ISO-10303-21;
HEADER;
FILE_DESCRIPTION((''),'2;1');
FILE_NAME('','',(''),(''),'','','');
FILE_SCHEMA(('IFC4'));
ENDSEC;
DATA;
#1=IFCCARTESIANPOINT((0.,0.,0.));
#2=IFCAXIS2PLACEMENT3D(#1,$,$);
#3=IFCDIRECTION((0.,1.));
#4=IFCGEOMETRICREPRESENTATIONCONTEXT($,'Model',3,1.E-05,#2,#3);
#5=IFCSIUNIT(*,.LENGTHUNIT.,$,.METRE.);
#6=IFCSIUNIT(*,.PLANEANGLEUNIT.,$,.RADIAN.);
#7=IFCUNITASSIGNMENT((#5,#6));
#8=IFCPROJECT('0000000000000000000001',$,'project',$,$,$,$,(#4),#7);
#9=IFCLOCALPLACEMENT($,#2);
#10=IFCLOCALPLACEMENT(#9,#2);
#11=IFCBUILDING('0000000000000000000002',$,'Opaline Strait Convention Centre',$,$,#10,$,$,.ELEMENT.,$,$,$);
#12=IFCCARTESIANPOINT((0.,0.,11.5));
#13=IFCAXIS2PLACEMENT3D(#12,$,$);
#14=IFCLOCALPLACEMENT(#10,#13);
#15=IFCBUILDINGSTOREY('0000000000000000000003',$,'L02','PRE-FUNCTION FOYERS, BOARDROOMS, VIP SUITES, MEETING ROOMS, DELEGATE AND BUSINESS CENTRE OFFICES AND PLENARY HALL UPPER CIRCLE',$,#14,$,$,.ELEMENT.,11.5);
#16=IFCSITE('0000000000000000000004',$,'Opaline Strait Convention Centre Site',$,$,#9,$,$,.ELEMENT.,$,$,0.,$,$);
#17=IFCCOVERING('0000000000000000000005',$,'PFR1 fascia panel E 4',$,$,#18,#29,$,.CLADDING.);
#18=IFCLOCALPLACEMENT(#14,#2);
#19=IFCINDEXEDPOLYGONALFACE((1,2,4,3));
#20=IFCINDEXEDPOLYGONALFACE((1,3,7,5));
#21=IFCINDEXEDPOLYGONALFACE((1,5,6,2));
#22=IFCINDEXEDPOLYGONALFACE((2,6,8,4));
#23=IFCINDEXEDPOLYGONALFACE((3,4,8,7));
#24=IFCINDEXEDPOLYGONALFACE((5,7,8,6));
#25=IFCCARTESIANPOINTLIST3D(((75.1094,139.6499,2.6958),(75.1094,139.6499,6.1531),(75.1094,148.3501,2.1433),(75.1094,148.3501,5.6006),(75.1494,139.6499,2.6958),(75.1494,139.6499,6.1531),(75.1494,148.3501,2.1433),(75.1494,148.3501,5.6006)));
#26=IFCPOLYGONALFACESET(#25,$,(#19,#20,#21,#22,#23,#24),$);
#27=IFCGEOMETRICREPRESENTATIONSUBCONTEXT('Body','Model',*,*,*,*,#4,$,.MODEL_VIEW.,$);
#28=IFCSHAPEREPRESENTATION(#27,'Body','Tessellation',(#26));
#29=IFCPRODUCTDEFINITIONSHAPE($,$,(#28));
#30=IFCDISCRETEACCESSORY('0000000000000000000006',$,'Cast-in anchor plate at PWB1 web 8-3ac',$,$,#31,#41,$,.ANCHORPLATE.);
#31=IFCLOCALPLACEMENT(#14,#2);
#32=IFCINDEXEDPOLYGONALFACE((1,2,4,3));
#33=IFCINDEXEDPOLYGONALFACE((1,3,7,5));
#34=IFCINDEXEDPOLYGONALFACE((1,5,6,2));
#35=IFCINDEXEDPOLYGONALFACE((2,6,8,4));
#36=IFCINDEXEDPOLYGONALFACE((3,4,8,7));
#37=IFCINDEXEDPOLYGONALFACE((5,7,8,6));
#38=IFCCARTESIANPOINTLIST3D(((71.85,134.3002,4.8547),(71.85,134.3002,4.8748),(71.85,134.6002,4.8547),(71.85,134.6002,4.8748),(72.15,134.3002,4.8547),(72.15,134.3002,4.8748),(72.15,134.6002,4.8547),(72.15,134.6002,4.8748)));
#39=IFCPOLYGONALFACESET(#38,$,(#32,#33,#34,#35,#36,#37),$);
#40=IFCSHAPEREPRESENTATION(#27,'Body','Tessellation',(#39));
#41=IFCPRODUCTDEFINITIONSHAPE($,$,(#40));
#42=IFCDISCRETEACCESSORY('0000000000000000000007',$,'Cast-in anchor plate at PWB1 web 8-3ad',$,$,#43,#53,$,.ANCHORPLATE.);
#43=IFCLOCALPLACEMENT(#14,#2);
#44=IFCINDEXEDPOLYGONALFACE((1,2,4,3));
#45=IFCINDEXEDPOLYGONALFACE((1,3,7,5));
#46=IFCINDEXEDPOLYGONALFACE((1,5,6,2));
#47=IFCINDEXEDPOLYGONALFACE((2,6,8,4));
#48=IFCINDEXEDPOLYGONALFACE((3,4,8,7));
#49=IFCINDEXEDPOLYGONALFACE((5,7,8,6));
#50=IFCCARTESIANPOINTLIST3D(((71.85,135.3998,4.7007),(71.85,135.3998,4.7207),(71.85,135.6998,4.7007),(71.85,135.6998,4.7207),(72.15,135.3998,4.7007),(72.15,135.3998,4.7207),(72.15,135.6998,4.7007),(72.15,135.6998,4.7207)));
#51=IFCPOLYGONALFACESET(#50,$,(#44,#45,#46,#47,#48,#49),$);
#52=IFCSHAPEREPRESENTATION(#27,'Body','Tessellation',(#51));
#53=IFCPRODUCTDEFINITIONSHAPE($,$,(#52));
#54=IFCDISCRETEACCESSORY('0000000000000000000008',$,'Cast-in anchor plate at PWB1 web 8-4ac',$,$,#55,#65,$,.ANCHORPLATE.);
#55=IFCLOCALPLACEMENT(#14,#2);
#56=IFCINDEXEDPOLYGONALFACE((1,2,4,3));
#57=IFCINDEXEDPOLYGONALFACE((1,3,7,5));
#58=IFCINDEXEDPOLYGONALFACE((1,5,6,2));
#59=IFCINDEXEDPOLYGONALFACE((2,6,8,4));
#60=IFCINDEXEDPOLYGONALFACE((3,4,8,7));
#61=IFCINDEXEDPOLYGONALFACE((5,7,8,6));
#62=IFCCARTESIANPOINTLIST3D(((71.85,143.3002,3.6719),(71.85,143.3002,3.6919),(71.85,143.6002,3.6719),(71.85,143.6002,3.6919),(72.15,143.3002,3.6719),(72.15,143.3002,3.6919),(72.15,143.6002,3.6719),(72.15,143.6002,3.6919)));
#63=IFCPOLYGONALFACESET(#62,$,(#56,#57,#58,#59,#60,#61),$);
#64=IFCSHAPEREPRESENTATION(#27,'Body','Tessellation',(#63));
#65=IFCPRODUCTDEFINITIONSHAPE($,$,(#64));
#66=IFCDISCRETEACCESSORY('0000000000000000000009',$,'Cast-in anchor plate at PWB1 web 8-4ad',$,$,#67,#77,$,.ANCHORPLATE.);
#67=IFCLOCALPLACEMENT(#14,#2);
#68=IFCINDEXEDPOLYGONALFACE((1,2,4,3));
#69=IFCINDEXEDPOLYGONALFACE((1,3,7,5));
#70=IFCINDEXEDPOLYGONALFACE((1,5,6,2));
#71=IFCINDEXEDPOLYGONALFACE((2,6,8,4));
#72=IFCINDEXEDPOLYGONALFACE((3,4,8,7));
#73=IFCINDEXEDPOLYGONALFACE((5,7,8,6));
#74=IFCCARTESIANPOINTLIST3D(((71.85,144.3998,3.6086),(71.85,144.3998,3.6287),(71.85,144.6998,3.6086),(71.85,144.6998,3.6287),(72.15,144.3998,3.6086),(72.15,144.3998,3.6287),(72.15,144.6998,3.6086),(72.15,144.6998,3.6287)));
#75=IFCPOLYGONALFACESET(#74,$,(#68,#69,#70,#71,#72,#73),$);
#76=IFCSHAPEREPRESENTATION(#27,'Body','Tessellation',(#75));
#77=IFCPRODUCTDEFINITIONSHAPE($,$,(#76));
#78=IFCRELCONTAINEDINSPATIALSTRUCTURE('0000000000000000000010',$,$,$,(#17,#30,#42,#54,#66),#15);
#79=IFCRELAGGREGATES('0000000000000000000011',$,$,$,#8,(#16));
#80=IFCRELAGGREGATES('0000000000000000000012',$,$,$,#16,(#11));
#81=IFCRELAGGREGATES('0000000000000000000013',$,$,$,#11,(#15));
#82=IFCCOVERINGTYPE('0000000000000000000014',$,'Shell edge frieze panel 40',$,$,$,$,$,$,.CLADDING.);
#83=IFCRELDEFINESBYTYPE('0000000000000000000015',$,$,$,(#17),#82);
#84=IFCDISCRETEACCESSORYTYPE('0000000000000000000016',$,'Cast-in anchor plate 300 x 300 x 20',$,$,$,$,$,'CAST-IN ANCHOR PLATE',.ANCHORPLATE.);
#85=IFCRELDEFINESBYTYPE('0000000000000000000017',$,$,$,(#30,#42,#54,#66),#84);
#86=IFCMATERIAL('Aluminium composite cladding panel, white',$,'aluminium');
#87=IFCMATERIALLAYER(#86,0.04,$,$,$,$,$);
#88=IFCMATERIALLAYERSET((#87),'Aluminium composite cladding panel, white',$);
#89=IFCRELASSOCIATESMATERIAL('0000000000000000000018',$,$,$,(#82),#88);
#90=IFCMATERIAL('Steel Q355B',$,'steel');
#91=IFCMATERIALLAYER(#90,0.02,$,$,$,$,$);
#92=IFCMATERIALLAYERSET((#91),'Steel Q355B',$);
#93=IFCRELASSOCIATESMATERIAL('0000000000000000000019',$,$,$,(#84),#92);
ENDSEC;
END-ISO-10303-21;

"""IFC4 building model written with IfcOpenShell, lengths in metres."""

from ifc_helpers import new_model, si_unit, direction, frame, origin, origin_2d, place, context, subcontext, project, spatial, polyline, rectangle, outline, extrude, material, layer, layer_set, type_object, element, save


model = new_model("IFC4")

# Units and contexts
model_context = context("Model", 3, precision=1e-05, world=origin(), true_north=direction((0.0, 1.0)))
body_context = subcontext(model_context, "Body", "Model", "MODEL_VIEW")
ifc_project = project(units=[si_unit("LENGTHUNIT", "METRE"), si_unit("PLANEANGLEUNIT", "RADIAN")], contexts=[model_context])

# Site, building, storey
site_placement = place(None, origin())
site = spatial("IfcSite", under=ifc_project, at=site_placement, Name="Opaline Strait Convention Centre Site", CompositionType="ELEMENT", RefElevation=0.0)
building_placement = place(site_placement, origin())
building = spatial("IfcBuilding", under=site, at=building_placement, Name="Opaline Strait Convention Centre", CompositionType="ELEMENT")
storey_placement = place(building_placement, frame((0.0, 0.0, 11.5)))
storey = spatial("IfcBuildingStorey", under=building, at=storey_placement, Name="L02", Description="PRE-FUNCTION FOYERS, BOARDROOMS, VIP SUITES, MEETING ROOMS, DELEGATE AND BUSINESS CENTRE OFFICES AND PLENARY HALL UPPER CIRCLE", CompositionType="ELEMENT", Elevation=11.5)

# Shared definitions
ifc_material_1 = material(Name="Steel Q355B", Category="steel")

# Covering
ifc_material_2 = material(Name="Aluminium composite cladding panel, white", Category="aluminium")
ifc_layer_1 = layer(ifc_material_2, 0.04)
ifc_layer_set_1 = layer_set([ifc_layer_1], Name="Aluminium composite cladding panel, white")
covering_type = type_object("IfcCoveringType", Name="Shell edge frieze panel 40", PredefinedType="CLADDING", material=ifc_layer_set_1)
covering_1_placement = place(storey_placement, frame((75.1494, 139.6499, 2.6958), z_axis=(1.0, 0.0, 0.0), x_axis=(0.0, 0.99799, -0.063376)))
element("IfcCovering", 1, at=covering_1_placement, inside=storey, type_object=covering_type, Name="PFR1 fascia panel E 4", PredefinedType="CLADDING", context=body_context, shape_type="SweptSolid", body=[
    extrude(outline(polyline([(0.0, 0.0), (8.7177, 0.0), (8.4986, 3.4503), (-0.2191, 3.4503), (0.0, 0.0)])), origin(), (0.0, 0.0, -1.0), 0.04),
])

# Discrete accessories
ifc_layer_2 = layer(ifc_material_1, 0.02)
ifc_layer_set_2 = layer_set([ifc_layer_2], Name="Steel Q355B")
discrete_accessory_type = type_object("IfcDiscreteAccessoryType", Name="Cast-in anchor plate 300 x 300 x 20", ElementType="CAST-IN ANCHOR PLATE", PredefinedType="ANCHORPLATE", material=ifc_layer_set_2)
for number, where, z_axis, x_axis, name in (
    (2, (72.0, 134.4502, 4.8547), (0.0, 0.0, 1.0), (1.0, 0.0, 0.0), "Cast-in anchor plate at PWB1 web 8-3ac"),
    (3, (72.0, 135.5498, 4.7007), (0.0, 0.0, 1.0), (1.0, 0.0, 0.0), "Cast-in anchor plate at PWB1 web 8-3ad"),
    (4, (72.0, 143.4502, 3.6719), (0.0, 0.0, 1.0), (1.0, 0.0, 0.0), "Cast-in anchor plate at PWB1 web 8-4ac"),
    (5, (72.0, 144.5498, 3.6086), (0.0, 0.0, 1.0), (1.0, 0.0, 0.0), "Cast-in anchor plate at PWB1 web 8-4ad"),
):
    element("IfcDiscreteAccessory", number, at=place(storey_placement, frame(where, z_axis=z_axis, x_axis=x_axis)), inside=storey, type_object=discrete_accessory_type, Name=name, PredefinedType="ANCHORPLATE", context=body_context, shape_type="SweptSolid", body=[
        extrude(rectangle(XDim=0.3, YDim=0.3, at=origin_2d()), origin(), (0.0, 0.0, 1.0), 0.02),
    ])

save(model, "model.ifc")
